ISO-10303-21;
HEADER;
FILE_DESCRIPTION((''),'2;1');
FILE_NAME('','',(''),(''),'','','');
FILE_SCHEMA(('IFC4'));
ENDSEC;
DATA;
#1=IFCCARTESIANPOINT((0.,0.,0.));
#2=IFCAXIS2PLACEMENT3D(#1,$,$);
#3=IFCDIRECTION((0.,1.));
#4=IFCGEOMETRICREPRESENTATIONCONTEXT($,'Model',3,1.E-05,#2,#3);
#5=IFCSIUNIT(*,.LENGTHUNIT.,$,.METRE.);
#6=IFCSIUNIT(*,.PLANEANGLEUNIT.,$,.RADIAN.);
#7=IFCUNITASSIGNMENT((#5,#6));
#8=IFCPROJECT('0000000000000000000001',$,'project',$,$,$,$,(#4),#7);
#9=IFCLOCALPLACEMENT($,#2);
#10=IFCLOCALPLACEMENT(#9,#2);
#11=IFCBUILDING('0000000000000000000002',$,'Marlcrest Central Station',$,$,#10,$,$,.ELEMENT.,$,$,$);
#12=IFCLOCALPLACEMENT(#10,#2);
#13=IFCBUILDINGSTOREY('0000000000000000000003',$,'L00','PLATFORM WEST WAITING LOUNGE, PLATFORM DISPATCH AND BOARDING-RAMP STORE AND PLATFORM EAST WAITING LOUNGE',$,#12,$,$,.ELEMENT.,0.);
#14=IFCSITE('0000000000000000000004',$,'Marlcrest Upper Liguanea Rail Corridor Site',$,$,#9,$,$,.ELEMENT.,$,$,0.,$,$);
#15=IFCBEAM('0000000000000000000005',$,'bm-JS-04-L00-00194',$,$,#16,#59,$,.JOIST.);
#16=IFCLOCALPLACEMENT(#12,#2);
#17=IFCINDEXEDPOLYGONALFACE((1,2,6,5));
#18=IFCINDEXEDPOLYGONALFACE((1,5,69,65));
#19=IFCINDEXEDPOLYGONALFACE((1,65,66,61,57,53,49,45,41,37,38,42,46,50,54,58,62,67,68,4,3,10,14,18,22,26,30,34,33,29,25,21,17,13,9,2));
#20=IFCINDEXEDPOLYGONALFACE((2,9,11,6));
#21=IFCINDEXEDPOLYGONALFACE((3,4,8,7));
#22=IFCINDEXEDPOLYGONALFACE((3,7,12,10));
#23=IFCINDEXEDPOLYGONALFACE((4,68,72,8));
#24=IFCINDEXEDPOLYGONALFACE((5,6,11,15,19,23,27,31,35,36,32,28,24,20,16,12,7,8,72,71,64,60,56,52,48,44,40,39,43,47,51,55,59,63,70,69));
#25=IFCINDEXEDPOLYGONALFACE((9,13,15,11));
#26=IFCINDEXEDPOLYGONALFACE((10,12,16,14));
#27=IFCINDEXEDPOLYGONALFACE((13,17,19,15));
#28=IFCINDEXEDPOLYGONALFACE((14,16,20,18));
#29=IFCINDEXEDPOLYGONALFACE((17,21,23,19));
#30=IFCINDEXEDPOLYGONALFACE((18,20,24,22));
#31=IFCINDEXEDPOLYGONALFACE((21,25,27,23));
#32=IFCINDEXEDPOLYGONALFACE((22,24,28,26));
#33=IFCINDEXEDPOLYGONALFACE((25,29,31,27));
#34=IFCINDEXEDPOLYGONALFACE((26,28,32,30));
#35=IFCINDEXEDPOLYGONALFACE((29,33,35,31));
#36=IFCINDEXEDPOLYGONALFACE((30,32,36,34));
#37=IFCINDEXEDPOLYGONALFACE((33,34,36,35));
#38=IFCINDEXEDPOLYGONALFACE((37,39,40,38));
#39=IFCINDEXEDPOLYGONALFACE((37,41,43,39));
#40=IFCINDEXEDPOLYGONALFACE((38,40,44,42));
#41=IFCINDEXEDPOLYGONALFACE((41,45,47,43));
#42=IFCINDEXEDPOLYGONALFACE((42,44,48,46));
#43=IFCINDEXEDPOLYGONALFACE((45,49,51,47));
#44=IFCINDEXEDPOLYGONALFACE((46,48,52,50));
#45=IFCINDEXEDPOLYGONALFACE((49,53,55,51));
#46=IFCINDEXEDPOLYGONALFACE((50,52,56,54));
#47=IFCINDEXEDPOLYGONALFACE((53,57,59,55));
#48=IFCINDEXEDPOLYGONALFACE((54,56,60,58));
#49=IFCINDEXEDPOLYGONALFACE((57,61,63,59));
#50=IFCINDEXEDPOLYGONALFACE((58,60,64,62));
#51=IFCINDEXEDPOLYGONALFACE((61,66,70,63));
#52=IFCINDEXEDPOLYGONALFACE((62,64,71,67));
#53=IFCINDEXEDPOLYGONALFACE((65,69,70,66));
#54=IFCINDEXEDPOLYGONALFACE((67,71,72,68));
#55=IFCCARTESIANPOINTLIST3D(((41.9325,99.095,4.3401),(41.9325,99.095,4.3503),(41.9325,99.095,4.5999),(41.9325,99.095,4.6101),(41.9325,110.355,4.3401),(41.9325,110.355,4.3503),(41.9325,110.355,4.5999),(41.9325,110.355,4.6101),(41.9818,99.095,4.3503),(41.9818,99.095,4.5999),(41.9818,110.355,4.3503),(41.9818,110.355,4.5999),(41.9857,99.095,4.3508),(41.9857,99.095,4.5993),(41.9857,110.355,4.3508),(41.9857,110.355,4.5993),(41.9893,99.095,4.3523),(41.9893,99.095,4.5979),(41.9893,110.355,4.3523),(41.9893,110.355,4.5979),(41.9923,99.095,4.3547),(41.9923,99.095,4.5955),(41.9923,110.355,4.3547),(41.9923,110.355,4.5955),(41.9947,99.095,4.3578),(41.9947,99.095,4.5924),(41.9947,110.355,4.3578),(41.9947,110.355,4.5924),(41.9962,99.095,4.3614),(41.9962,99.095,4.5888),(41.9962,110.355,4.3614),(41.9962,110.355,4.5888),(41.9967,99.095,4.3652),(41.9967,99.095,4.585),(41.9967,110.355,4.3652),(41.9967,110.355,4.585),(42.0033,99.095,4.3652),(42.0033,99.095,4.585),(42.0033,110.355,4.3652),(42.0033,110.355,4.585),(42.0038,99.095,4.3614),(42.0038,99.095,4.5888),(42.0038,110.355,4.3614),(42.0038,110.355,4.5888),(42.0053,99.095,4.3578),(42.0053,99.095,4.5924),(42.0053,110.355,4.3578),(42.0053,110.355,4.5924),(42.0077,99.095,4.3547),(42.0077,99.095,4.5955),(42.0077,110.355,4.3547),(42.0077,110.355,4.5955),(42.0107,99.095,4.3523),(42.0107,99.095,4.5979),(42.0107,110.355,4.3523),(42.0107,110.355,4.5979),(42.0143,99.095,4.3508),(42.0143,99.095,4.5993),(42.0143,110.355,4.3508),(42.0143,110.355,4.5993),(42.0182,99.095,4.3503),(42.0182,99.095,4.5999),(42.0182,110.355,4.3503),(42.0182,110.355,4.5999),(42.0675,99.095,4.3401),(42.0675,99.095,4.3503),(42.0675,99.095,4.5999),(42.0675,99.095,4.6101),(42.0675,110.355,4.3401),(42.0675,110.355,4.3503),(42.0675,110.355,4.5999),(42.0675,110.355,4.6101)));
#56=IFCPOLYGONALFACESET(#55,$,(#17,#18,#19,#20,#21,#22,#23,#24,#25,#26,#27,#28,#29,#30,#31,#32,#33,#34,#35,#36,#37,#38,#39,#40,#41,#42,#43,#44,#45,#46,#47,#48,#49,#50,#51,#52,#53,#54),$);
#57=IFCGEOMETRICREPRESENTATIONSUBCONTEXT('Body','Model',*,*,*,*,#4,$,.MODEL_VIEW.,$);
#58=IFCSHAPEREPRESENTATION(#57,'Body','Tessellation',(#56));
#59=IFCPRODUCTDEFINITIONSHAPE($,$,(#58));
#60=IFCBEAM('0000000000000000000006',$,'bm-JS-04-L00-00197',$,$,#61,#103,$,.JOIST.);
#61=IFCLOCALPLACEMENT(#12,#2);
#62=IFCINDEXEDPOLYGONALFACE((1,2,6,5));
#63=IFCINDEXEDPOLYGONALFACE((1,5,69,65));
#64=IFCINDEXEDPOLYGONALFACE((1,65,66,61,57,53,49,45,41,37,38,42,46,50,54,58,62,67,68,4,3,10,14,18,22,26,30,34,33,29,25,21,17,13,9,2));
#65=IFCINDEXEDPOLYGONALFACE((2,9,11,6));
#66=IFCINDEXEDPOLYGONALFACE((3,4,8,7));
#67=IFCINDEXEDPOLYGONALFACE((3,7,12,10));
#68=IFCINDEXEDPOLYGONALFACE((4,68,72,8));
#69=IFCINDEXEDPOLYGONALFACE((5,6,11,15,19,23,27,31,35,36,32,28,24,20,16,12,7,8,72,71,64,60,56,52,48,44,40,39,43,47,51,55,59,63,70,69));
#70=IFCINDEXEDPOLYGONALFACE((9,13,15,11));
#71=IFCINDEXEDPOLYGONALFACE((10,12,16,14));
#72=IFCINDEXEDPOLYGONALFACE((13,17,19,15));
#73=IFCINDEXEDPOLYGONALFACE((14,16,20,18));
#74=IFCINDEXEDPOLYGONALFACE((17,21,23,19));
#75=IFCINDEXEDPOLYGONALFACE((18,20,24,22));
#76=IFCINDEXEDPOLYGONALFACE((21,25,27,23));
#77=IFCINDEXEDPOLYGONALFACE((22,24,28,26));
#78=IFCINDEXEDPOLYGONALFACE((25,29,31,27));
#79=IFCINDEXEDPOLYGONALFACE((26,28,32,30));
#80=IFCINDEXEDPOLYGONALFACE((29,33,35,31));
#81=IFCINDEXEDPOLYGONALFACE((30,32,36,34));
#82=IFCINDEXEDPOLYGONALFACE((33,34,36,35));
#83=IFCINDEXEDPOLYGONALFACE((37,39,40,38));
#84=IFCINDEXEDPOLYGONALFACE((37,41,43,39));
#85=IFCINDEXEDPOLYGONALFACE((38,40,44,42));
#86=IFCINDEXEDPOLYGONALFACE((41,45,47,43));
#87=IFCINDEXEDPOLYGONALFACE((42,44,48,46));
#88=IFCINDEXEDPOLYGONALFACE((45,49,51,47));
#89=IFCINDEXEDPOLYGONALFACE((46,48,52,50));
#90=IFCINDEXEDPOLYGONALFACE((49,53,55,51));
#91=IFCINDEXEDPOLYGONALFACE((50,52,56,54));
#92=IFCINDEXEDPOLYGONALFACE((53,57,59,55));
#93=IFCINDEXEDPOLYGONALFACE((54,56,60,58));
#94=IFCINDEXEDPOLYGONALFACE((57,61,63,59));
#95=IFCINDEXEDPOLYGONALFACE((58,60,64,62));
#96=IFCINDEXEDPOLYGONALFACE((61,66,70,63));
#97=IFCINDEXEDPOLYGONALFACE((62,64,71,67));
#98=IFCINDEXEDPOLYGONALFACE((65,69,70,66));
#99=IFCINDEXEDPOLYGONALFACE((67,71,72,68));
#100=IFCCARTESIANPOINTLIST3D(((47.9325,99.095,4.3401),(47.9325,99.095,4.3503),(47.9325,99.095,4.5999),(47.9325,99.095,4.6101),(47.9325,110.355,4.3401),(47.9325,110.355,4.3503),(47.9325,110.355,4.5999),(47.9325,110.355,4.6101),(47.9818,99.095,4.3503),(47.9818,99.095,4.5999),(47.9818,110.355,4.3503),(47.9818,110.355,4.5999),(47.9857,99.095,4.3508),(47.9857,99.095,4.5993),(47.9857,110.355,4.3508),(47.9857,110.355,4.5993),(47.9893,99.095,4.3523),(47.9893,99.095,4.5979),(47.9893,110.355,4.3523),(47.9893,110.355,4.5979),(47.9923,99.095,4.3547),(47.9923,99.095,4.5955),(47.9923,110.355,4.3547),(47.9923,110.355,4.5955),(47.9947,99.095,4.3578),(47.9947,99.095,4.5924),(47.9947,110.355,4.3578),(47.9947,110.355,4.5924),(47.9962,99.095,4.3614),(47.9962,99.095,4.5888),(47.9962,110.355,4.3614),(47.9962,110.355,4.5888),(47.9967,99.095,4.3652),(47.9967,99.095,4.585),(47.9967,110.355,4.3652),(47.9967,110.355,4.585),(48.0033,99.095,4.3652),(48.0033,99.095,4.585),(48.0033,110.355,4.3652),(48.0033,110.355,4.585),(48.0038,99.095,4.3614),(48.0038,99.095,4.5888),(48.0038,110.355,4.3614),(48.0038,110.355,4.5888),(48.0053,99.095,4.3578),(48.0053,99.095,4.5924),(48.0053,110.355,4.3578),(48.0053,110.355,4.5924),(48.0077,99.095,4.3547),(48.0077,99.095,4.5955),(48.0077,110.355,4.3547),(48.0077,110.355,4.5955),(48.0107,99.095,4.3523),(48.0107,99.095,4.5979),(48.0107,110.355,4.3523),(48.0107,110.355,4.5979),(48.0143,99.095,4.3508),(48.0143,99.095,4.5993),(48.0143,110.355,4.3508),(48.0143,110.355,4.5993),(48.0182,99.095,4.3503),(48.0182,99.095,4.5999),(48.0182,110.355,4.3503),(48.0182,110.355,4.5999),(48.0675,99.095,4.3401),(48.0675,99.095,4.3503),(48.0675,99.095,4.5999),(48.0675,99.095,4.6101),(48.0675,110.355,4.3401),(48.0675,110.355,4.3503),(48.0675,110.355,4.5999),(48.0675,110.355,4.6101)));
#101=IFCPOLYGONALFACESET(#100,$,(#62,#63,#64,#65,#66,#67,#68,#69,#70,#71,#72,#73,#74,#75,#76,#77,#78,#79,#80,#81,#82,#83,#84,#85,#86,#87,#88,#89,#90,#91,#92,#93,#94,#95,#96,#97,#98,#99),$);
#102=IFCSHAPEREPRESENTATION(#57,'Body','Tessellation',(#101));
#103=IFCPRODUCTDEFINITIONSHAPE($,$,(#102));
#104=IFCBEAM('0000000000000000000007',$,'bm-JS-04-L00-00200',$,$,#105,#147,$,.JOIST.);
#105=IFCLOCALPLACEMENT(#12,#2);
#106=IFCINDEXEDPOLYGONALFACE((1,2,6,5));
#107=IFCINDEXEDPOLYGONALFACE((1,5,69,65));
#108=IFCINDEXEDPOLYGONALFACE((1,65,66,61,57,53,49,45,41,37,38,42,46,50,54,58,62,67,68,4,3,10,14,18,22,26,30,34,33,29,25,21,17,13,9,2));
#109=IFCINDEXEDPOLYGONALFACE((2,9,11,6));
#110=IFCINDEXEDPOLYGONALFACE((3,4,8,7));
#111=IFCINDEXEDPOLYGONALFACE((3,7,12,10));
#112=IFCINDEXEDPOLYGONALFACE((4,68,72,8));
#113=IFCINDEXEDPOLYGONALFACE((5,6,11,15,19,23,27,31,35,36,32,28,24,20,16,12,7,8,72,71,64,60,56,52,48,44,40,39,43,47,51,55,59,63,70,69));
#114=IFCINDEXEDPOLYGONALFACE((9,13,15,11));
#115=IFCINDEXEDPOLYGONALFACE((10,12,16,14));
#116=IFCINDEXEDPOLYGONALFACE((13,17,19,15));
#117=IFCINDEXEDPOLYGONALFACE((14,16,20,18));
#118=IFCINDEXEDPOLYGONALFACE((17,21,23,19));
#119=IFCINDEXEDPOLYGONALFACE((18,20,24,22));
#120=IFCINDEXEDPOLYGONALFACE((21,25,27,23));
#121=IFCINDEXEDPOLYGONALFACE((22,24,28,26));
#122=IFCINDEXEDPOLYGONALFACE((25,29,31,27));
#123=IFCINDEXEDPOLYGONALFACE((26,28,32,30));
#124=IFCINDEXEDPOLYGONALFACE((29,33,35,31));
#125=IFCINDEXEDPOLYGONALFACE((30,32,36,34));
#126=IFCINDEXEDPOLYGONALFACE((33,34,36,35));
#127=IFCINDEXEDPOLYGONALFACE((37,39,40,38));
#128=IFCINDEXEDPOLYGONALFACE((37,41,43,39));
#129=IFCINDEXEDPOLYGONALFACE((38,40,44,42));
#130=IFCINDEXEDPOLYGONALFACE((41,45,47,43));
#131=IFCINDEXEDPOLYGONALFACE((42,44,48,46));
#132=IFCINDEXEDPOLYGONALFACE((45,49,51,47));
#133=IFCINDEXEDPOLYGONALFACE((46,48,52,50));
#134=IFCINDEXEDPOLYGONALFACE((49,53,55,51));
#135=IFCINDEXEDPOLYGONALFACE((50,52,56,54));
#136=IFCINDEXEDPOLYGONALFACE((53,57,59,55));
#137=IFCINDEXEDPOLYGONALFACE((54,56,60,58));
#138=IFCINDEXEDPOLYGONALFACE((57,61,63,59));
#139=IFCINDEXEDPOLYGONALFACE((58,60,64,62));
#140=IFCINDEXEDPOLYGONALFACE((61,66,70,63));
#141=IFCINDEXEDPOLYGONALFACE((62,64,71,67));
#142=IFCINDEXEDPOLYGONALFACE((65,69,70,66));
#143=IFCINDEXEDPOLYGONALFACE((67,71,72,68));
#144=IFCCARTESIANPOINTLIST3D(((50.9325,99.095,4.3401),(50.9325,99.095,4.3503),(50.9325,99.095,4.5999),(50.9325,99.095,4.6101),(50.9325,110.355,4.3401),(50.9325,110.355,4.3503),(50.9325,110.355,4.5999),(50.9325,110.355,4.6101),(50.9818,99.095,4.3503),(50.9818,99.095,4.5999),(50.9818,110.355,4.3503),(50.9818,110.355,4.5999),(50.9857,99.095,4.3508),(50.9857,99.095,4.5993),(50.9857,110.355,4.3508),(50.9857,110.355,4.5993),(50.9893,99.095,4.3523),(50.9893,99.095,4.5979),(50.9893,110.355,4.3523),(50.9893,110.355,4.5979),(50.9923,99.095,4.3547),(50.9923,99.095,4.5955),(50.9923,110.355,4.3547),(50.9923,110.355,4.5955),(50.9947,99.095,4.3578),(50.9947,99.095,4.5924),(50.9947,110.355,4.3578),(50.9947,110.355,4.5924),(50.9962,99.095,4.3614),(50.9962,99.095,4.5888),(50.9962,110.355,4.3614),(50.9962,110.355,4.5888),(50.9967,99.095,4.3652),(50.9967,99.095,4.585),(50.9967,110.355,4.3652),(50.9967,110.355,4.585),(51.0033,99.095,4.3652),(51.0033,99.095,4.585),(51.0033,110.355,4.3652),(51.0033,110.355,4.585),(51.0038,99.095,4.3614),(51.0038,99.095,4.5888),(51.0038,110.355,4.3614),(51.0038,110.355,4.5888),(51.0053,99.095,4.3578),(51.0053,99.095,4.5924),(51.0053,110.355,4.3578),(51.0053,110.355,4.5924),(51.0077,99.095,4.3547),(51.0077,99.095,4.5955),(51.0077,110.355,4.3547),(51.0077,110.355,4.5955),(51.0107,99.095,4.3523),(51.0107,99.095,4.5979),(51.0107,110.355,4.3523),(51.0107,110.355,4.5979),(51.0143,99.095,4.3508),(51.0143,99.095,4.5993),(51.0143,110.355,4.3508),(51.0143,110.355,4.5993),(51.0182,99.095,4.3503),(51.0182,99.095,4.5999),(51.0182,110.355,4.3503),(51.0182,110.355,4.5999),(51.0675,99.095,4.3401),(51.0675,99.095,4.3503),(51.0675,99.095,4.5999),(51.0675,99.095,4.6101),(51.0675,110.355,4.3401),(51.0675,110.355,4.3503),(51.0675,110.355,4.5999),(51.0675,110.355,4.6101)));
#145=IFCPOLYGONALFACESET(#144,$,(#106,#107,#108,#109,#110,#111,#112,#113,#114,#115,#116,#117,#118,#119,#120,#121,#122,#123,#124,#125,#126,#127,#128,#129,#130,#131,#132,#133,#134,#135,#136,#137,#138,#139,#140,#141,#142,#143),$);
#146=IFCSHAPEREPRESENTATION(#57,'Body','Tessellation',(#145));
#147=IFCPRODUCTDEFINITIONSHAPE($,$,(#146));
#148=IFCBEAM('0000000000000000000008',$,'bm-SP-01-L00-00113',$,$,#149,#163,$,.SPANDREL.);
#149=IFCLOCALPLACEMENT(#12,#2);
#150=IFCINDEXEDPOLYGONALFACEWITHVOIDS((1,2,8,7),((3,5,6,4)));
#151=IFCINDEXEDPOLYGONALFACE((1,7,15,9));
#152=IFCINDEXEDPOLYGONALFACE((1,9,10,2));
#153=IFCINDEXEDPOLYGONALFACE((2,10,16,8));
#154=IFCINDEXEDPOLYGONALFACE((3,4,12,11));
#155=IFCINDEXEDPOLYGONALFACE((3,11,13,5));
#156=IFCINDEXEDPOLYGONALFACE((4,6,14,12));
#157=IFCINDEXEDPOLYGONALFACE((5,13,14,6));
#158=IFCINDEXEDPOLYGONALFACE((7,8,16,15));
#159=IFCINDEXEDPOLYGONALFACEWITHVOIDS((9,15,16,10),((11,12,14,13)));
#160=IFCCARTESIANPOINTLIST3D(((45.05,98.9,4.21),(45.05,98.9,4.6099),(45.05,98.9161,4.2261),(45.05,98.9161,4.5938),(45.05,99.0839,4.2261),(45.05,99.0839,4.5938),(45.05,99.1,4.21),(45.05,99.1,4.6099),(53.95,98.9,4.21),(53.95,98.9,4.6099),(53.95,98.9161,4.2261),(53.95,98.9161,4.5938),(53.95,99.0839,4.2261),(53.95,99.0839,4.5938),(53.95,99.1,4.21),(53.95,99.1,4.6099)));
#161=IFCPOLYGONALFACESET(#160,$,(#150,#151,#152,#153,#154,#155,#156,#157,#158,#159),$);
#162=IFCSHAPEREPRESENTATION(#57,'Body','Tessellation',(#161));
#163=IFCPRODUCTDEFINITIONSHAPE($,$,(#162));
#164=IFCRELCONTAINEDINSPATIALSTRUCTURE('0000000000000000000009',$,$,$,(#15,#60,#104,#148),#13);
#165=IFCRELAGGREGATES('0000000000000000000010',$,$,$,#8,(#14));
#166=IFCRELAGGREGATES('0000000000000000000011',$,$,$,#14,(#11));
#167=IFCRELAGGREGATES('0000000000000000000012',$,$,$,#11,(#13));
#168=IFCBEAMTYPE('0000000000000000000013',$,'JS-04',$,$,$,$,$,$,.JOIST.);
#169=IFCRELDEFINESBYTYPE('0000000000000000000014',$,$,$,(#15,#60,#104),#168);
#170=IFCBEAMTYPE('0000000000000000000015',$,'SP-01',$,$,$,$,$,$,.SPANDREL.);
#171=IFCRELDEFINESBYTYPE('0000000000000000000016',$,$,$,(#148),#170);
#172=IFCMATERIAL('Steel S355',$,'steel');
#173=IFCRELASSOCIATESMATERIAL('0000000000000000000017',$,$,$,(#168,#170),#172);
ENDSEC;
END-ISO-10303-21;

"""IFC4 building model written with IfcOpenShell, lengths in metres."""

from ifc_helpers import new_model, si_unit, direction, frame, origin, origin_2d, place, context, subcontext, project, spatial, hollow_rectangle, i_section, extrude, material, material_profile, profile_set, type_object, element, save


model = new_model("IFC4")

# Units and contexts
model_context = context("Model", 3, precision=1e-05, world=origin(), true_north=direction((0.0, 1.0)))
body_context = subcontext(model_context, "Body", "Model", "MODEL_VIEW")
ifc_project = project(units=[si_unit("LENGTHUNIT", "METRE"), si_unit("PLANEANGLEUNIT", "RADIAN")], contexts=[model_context])

# Site, building, storey
site_placement = place(None, origin())
site = spatial("IfcSite", under=ifc_project, at=site_placement, Name="Marlcrest Upper Liguanea Rail Corridor Site", CompositionType="ELEMENT", RefElevation=0.0)
building_placement = place(site_placement, origin())
building = spatial("IfcBuilding", under=site, at=building_placement, Name="Marlcrest Central Station", CompositionType="ELEMENT")
storey_placement = place(building_placement, origin())
storey = spatial("IfcBuildingStorey", under=building, at=storey_placement, Name="L00", Description="PLATFORM WEST WAITING LOUNGE, PLATFORM DISPATCH AND BOARDING-RAMP STORE AND PLATFORM EAST WAITING LOUNGE", CompositionType="ELEMENT", Elevation=0.0)

# Shared definitions
ifc_material_1 = material(Name="Steel S355", Category="steel")

# Beams
ifc_material_profile_1 = material_profile(ifc_material_1, i_section(OverallWidth=0.135, OverallDepth=0.27, WebThickness=0.0066, FlangeThickness=0.0103, FilletRadius=0.0149, at=origin_2d()), Name="IPE 270")
ifc_profile_set_1 = profile_set([ifc_material_profile_1], Name="Steel S355")
beam_type_1 = type_object("IfcBeamType", Name="JS-04", PredefinedType="JOIST", material=ifc_profile_set_1)
for number, where, z_axis, x_axis, name in (
    (1, (42.0, 99.095, 4.4751), (0.0, 1.0, 0.0), (-1.0, 0.0, 0.0), "bm-JS-04-L00-00194"),
    (2, (48.0, 99.095, 4.4751), (0.0, 1.0, 0.0), (-1.0, 0.0, 0.0), "bm-JS-04-L00-00197"),
    (3, (51.0, 99.095, 4.4751), (0.0, 1.0, 0.0), (-1.0, 0.0, 0.0), "bm-JS-04-L00-00200"),
):
    element("IfcBeam", number, at=place(storey_placement, frame(where, z_axis=z_axis, x_axis=x_axis)), inside=storey, type_object=beam_type_1, Name=name, PredefinedType="JOIST", context=body_context, shape_type="SweptSolid", body=[
        extrude(i_section(OverallWidth=0.135, OverallDepth=0.27, WebThickness=0.0066, FlangeThickness=0.0103, FilletRadius=0.0149, at=origin_2d()), origin(), (0.0, 0.0, 1.0), 11.26),
    ])
ifc_material_profile_2 = material_profile(ifc_material_1, hollow_rectangle(XDim=0.2, YDim=0.3999, WallThickness=0.0161, at=origin_2d()), Name="RHS 400x200x16")
ifc_profile_set_2 = profile_set([ifc_material_profile_2], Name="Steel S355")
beam_type_2 = type_object("IfcBeamType", Name="SP-01", PredefinedType="SPANDREL", material=ifc_profile_set_2)
beam_1_placement = place(storey_placement, frame((45.05, 99.0, 4.4099), z_axis=(1.0, 0.0, 0.0), x_axis=(0.0, 1.0, 0.0)))
element("IfcBeam", 4, at=beam_1_placement, inside=storey, type_object=beam_type_2, Name="bm-SP-01-L00-00113", PredefinedType="SPANDREL", context=body_context, shape_type="SweptSolid", body=[
    extrude(hollow_rectangle(XDim=0.2, YDim=0.3999, WallThickness=0.0161, at=origin_2d()), origin(), (0.0, 0.0, 1.0), 8.8999),
])

save(model, "model.ifc")
